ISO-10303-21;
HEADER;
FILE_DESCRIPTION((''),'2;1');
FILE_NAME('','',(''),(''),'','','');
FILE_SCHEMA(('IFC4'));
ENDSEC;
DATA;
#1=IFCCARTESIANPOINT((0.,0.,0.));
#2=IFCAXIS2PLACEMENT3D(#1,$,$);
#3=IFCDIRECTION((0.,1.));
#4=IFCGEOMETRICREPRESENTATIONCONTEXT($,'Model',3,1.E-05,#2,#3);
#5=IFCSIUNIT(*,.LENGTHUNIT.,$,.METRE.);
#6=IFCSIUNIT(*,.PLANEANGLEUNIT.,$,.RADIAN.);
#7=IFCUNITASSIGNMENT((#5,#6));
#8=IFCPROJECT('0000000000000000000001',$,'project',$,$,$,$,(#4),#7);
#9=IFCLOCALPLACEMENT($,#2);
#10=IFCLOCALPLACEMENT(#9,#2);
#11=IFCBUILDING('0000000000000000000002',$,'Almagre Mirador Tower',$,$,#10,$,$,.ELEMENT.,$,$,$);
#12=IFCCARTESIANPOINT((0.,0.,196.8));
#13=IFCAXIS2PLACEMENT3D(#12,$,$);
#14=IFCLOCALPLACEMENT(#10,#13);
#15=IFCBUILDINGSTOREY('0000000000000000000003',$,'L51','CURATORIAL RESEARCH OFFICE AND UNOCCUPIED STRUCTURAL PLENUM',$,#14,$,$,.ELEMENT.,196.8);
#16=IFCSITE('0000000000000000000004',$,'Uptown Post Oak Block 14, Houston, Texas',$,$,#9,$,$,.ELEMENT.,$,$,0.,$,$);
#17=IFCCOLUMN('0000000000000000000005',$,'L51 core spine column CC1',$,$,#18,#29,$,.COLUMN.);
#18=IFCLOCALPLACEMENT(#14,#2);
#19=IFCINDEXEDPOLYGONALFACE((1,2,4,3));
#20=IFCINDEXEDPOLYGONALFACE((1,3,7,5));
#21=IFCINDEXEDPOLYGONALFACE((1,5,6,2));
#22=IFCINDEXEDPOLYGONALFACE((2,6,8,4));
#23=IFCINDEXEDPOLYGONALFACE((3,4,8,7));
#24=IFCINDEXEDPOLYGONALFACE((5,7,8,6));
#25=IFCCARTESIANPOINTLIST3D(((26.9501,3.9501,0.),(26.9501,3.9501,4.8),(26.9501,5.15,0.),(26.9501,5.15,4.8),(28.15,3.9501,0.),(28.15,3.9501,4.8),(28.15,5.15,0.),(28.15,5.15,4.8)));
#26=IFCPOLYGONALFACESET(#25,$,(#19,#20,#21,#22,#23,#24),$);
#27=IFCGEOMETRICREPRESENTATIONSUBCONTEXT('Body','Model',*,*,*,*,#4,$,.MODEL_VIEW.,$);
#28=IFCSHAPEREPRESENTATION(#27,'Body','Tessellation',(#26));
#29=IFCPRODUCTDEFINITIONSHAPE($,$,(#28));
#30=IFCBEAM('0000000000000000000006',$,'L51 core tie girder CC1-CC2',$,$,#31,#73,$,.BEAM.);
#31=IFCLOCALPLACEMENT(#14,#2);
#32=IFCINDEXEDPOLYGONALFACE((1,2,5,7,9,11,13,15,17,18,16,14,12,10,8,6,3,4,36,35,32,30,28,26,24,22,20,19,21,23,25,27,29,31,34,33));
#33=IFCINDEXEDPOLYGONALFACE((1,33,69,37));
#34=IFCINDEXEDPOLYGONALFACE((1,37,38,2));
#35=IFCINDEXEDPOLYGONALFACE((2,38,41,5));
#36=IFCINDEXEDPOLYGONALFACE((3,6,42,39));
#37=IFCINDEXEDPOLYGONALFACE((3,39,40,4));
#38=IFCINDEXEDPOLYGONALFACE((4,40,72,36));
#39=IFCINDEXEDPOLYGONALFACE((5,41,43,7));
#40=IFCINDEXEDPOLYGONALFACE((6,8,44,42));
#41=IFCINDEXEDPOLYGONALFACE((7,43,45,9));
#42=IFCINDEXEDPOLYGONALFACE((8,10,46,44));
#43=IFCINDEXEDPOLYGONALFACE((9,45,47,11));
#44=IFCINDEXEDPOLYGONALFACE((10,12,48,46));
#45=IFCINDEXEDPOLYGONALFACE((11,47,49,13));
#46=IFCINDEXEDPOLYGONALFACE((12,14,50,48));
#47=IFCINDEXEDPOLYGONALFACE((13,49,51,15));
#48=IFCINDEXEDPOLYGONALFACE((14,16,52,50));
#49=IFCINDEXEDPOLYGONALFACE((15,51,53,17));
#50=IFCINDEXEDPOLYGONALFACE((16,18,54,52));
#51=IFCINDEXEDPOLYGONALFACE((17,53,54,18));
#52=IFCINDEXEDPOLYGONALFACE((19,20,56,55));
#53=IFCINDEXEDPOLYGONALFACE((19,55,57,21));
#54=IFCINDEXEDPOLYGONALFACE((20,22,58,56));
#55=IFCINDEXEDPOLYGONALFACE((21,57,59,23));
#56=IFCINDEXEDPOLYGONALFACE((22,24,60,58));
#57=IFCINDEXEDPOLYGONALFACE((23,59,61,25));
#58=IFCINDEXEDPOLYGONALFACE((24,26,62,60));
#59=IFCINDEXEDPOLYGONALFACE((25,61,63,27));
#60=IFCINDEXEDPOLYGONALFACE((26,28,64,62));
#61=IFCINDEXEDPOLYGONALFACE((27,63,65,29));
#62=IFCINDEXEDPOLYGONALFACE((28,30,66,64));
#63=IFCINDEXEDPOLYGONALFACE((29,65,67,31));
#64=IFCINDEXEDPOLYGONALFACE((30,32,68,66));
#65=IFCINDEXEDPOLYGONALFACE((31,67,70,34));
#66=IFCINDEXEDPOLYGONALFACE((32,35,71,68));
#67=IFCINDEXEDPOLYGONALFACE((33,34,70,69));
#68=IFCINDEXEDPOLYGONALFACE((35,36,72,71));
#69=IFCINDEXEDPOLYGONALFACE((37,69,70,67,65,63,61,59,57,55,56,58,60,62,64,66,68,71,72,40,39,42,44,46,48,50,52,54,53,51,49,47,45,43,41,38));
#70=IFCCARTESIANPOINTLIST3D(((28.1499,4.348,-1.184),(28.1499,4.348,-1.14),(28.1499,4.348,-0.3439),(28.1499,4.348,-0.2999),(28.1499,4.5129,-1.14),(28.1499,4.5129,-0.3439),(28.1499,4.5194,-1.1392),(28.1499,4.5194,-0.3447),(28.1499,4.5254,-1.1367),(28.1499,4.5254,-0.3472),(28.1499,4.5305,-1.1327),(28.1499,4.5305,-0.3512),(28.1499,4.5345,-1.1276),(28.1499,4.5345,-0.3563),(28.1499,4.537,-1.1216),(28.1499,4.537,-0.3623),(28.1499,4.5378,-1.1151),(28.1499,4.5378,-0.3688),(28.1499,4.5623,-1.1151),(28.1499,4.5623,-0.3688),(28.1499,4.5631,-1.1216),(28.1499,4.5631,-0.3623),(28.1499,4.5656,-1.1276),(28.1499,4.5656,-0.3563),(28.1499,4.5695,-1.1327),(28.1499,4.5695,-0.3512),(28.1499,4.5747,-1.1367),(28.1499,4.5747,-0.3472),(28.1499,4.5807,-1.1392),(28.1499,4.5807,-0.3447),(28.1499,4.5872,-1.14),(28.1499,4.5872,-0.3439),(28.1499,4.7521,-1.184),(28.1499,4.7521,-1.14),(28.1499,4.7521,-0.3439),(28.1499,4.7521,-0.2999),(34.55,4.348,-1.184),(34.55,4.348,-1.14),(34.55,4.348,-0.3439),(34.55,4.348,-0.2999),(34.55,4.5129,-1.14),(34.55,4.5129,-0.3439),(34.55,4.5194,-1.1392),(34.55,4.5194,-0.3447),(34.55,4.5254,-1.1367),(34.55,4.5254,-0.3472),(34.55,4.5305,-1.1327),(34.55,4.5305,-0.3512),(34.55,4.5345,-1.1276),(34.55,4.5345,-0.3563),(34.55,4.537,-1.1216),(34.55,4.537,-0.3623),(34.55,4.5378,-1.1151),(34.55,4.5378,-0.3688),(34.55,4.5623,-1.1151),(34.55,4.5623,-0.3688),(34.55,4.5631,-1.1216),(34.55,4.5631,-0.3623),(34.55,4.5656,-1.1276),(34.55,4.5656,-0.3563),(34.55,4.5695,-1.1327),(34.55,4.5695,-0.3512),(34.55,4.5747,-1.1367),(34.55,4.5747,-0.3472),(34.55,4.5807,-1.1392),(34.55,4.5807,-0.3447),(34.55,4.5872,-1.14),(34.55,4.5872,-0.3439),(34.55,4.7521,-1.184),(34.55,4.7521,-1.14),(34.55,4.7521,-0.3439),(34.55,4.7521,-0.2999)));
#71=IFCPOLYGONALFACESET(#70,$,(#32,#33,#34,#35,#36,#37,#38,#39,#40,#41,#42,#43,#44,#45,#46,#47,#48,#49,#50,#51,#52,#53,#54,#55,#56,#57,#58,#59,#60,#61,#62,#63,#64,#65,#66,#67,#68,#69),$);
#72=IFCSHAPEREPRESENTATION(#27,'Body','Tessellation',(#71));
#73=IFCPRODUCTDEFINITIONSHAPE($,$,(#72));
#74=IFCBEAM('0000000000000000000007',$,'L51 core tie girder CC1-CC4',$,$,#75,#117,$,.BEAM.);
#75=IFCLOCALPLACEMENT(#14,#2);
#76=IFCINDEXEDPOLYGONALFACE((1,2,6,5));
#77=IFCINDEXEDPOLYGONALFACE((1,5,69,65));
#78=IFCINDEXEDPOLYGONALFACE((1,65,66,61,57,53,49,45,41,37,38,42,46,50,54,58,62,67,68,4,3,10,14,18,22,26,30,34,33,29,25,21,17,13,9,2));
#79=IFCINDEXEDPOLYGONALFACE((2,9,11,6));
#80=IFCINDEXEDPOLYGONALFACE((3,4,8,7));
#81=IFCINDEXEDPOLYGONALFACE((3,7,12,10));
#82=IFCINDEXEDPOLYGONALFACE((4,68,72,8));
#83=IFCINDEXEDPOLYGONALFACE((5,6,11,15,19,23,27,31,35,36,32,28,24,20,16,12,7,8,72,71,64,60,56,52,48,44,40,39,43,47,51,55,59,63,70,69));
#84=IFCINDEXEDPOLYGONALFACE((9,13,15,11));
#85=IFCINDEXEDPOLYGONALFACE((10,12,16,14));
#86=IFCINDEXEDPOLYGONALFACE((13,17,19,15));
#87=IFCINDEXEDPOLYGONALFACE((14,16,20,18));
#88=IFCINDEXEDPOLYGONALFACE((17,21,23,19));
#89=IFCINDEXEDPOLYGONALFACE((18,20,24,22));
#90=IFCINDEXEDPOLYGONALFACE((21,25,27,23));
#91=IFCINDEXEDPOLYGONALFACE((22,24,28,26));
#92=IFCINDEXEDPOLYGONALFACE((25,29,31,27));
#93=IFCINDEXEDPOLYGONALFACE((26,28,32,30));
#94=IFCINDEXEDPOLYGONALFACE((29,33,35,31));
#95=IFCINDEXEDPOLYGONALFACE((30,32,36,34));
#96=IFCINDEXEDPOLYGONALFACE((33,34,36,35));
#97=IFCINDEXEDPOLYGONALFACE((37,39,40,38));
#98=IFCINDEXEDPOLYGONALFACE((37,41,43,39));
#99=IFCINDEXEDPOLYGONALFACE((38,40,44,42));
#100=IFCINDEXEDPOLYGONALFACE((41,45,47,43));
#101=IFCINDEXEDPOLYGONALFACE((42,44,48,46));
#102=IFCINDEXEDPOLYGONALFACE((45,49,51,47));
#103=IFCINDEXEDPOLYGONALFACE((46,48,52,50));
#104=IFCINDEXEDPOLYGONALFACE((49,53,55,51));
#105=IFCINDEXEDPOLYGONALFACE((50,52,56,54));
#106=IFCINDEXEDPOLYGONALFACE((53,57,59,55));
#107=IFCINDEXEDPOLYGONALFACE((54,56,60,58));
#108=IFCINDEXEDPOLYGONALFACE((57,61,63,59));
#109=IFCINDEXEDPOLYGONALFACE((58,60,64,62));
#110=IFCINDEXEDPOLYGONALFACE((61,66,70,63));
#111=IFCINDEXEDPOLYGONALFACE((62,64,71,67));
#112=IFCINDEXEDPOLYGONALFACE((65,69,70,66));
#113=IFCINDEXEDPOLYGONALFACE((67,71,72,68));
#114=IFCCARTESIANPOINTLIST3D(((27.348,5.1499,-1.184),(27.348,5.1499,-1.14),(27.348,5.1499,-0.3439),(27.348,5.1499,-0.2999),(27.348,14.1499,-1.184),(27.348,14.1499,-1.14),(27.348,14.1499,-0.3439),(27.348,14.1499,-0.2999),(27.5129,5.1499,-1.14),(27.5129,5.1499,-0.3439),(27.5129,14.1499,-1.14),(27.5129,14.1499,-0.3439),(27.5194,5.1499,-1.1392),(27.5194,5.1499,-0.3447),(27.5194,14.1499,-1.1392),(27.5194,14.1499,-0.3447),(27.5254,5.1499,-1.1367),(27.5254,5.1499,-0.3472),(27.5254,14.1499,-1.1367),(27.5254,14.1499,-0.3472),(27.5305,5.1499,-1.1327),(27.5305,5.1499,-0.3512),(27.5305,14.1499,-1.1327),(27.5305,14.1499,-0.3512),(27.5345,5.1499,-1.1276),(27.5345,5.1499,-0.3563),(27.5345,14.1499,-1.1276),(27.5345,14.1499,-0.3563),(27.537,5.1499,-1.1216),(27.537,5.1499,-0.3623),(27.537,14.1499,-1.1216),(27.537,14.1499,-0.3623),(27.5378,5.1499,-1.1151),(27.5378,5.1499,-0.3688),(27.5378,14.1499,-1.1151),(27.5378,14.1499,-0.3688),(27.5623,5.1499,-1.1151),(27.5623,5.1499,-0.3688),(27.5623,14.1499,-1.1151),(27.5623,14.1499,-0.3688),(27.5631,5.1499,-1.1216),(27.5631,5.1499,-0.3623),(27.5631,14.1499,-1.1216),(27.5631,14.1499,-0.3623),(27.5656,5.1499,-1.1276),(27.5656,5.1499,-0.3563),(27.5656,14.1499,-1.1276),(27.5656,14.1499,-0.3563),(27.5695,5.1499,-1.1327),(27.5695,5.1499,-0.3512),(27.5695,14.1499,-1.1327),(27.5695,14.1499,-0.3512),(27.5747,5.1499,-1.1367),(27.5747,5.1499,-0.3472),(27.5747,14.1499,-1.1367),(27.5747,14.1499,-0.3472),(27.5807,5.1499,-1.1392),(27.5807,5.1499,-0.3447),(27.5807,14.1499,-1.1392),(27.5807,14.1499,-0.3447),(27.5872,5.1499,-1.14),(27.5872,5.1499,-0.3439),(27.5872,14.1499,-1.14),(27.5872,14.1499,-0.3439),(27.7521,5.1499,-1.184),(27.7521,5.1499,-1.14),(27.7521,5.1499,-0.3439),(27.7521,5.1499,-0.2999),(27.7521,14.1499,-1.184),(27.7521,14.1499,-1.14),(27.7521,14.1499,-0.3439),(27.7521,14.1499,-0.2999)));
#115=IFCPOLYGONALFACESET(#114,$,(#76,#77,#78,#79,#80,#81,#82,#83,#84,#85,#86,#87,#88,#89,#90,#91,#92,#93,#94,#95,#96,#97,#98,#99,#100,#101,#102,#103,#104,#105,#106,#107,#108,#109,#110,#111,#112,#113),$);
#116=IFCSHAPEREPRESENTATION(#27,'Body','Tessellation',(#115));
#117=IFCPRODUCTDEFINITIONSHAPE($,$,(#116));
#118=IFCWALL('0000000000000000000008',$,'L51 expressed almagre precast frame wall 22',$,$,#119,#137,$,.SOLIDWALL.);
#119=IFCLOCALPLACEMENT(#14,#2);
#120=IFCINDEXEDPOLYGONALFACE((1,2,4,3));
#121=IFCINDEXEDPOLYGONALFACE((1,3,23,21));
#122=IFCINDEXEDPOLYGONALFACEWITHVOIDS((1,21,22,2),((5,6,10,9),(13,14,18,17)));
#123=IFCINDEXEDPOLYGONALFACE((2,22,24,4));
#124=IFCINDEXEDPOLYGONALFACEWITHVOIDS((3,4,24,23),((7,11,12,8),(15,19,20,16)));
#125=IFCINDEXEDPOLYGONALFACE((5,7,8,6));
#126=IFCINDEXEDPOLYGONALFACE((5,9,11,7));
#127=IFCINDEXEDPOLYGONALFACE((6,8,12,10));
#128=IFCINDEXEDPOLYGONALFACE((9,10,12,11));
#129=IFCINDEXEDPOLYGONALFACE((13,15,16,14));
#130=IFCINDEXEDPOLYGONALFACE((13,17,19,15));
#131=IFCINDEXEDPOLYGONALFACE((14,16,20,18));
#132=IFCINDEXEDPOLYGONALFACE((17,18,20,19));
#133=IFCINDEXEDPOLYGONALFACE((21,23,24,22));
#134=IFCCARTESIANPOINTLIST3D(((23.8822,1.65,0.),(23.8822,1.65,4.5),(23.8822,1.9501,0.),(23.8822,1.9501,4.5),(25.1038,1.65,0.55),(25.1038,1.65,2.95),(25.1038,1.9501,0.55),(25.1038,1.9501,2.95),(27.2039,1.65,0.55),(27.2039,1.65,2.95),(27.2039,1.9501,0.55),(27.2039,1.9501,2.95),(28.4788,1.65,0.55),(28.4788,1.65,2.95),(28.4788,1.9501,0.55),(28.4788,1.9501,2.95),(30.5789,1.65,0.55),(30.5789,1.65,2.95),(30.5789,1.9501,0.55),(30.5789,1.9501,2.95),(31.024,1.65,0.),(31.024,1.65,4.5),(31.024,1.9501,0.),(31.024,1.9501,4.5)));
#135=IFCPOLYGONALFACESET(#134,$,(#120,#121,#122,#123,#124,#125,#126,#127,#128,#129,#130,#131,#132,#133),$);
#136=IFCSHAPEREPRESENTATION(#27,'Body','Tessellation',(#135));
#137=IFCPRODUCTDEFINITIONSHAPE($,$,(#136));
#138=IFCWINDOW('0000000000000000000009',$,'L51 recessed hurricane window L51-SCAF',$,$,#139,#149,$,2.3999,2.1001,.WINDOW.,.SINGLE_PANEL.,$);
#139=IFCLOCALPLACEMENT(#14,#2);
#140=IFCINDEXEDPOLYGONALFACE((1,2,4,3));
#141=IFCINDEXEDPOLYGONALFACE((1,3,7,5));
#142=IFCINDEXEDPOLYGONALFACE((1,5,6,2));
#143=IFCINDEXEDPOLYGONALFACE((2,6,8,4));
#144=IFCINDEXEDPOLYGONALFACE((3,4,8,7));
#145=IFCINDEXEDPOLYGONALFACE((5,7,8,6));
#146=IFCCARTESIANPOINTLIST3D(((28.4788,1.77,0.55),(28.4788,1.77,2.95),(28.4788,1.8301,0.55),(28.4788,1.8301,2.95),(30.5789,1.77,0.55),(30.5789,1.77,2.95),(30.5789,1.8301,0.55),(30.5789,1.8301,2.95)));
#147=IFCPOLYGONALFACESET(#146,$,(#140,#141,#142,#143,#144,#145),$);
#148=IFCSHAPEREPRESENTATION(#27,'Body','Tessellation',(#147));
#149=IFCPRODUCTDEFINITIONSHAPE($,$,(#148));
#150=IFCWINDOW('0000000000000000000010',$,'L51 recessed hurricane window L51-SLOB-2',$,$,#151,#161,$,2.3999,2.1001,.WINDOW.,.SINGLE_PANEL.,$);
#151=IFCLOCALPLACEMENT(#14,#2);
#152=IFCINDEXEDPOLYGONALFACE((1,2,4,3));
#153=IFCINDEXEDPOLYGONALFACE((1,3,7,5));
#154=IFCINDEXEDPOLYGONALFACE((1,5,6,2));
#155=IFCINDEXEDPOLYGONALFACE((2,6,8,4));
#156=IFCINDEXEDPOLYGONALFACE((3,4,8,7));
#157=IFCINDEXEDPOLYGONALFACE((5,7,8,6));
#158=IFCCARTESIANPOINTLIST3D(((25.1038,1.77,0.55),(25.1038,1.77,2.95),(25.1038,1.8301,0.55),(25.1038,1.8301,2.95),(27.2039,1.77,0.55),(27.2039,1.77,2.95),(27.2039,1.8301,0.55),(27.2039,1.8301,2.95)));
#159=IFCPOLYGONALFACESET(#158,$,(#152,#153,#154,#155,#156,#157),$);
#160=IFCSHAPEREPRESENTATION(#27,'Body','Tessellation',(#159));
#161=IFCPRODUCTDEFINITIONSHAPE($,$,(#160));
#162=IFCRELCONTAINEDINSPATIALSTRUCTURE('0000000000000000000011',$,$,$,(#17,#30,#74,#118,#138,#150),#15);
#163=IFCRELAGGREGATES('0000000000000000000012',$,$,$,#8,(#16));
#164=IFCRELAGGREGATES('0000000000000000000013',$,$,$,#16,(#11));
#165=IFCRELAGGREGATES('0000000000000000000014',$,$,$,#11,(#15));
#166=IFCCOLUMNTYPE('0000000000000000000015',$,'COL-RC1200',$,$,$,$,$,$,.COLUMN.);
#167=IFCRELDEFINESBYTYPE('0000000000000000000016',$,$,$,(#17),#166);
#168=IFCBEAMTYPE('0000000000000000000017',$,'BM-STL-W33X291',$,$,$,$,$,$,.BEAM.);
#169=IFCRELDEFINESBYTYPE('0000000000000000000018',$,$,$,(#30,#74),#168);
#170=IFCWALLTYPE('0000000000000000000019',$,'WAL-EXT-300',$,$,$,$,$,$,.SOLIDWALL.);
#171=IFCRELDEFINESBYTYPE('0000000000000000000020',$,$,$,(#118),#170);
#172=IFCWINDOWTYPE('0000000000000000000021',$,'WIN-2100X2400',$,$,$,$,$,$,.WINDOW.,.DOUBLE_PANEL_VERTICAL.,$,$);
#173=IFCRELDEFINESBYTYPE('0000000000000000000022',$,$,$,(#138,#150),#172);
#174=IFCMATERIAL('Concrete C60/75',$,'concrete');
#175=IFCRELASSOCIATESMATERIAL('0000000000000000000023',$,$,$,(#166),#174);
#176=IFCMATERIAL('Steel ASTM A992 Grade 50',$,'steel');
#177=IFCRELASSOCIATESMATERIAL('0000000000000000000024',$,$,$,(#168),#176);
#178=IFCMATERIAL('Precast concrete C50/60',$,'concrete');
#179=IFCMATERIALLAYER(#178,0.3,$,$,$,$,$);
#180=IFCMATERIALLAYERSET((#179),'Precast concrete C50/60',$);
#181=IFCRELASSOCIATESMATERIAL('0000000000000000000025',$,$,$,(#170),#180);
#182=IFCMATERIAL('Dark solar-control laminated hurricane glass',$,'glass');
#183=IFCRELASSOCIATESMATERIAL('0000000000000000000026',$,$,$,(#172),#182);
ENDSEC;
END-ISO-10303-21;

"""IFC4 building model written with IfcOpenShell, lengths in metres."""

from ifc_helpers import new_model, si_unit, direction, frame, frame_2d, origin, origin_2d, place, context, subcontext, project, spatial, rectangle, i_section, extrude, material, layer, layer_set, material_profile, profile_set, type_object, element, fill, save


model = new_model("IFC4")

# Units and contexts
model_context = context("Model", 3, precision=1e-05, world=origin(), true_north=direction((0.0, 1.0)))
body_context = subcontext(model_context, "Body", "Model", "MODEL_VIEW")
ifc_project = project(units=[si_unit("LENGTHUNIT", "METRE"), si_unit("PLANEANGLEUNIT", "RADIAN")], contexts=[model_context])

# Site, building, storey
site_placement = place(None, origin())
site = spatial("IfcSite", under=ifc_project, at=site_placement, Name="Uptown Post Oak Block 14, Houston, Texas", CompositionType="ELEMENT", RefElevation=0.0)
building_placement = place(site_placement, origin())
building = spatial("IfcBuilding", under=site, at=building_placement, Name="Almagre Mirador Tower", CompositionType="ELEMENT")
storey_placement = place(building_placement, frame((0.0, 0.0, 196.8)))
storey = spatial("IfcBuildingStorey", under=building, at=storey_placement, Name="L51", Description="CURATORIAL RESEARCH OFFICE AND UNOCCUPIED STRUCTURAL PLENUM", CompositionType="ELEMENT", Elevation=196.8)

# Column
ifc_material_1 = material(Name="Concrete C60/75", Category="concrete")
ifc_material_profile_1 = material_profile(ifc_material_1, rectangle(XDim=1.2, YDim=1.2, at=origin_2d()), Name="RC1200X1200")
ifc_profile_set_1 = profile_set([ifc_material_profile_1], Name="Concrete C60/75")
column_type = type_object("IfcColumnType", Name="COL-RC1200", PredefinedType="COLUMN", material=ifc_profile_set_1)
column_placement = place(storey_placement, frame((27.55, 4.55, 0.0), z_axis=(0.0, 0.0, 1.0), x_axis=(1.0, 0.0, 0.0)))
element("IfcColumn", 1, at=column_placement, inside=storey, type_object=column_type, Name="L51 core spine column CC1", PredefinedType="COLUMN", context=body_context, shape_type="SweptSolid", body=[
    extrude(rectangle(XDim=1.2, YDim=1.2, at=origin_2d()), origin(), (0.0, 0.0, 1.0), 4.8),
])

# Beams
ifc_material_2 = material(Name="Steel ASTM A992 Grade 50", Category="steel")
ifc_material_profile_2 = material_profile(ifc_material_2, i_section(OverallWidth=0.4041, OverallDepth=0.884, WebThickness=0.0244, FlangeThickness=0.0439, FilletRadius=0.0249, at=origin_2d()), Name="W33X291")
ifc_profile_set_2 = profile_set([ifc_material_profile_2], Name="Steel ASTM A992 Grade 50")
beam_type = type_object("IfcBeamType", Name="BM-STL-W33X291", PredefinedType="BEAM", material=ifc_profile_set_2)
beam_1_placement = place(storey_placement, frame((28.1499, 4.55, -0.7419), z_axis=(1.0, 0.0, 0.0), x_axis=(0.0, 1.0, 0.0)))
element("IfcBeam", 2, at=beam_1_placement, inside=storey, type_object=beam_type, Name="L51 core tie girder CC1-CC2", PredefinedType="BEAM", context=body_context, shape_type="SweptSolid", body=[
    extrude(i_section(OverallWidth=0.4041, OverallDepth=0.884, WebThickness=0.0244, FlangeThickness=0.0439, FilletRadius=0.0249, at=origin_2d()), origin(), (0.0, 0.0, 1.0), 6.4001),
])
beam_2_placement = place(storey_placement, frame((27.55, 5.1499, -0.7419), z_axis=(0.0, 1.0, 0.0), x_axis=(-1.0, 0.0, 0.0)))
element("IfcBeam", 3, at=beam_2_placement, inside=storey, type_object=beam_type, Name="L51 core tie girder CC1-CC4", PredefinedType="BEAM", context=body_context, shape_type="SweptSolid", body=[
    extrude(i_section(OverallWidth=0.4041, OverallDepth=0.884, WebThickness=0.0244, FlangeThickness=0.0439, FilletRadius=0.0249, at=origin_2d()), origin(), (0.0, 0.0, 1.0), 9.0),
])

# Wall, openings, windows
ifc_material_3 = material(Name="Precast concrete C50/60", Category="concrete")
ifc_layer_1 = layer(ifc_material_3, 0.3)
ifc_layer_set_1 = layer_set([ifc_layer_1], Name="Precast concrete C50/60")
wall_type_1 = type_object("IfcWallType", Name="WAL-EXT-300", PredefinedType="SOLIDWALL", material=ifc_layer_set_1)
wall_1_placement = place(storey_placement, frame((31.0239, 1.8, 0.0), z_axis=(0.0, 0.0, 1.0), x_axis=(-1.0, 0.0, 0.0)))
wall_1 = element("IfcWall", 4, at=wall_1_placement, inside=storey, type_object=wall_type_1, Name="L51 expressed almagre precast frame wall 22", PredefinedType="SOLIDWALL", context=body_context, shape_type="SweptSolid", body=[
    extrude(rectangle(XDim=7.1418, YDim=0.3, at=frame_2d((3.5708, 0.0))), origin(), (0.0, 0.0, 1.0), 4.5),
])
opening_1_placement = place(wall_1_placement, frame((0.4451, 0.0, 0.55)))
opening_1 = element("IfcOpeningElement", 5, at=opening_1_placement, cuts=wall_1, PredefinedType="OPENING", context=body_context, shape_type="SweptSolid", body=[
    extrude(rectangle(XDim=2.1001, YDim=2.3999, at=frame_2d((1.05, 1.2))), frame((0.0, 0.1599, 0.0), z_axis=(0.0, -1.0, 0.0), x_axis=(1.0, 0.0, 0.0)), (0.0, 0.0, 1.0), 0.32),
])
opening_2_placement = place(wall_1_placement, frame((3.8201, 0.0, 0.55)))
opening_2 = element("IfcOpeningElement", 6, at=opening_2_placement, cuts=wall_1, PredefinedType="OPENING", context=body_context, shape_type="SweptSolid", body=[
    extrude(rectangle(XDim=2.1001, YDim=2.3999, at=frame_2d((1.05, 1.2))), frame((0.0, 0.1599, 0.0), z_axis=(0.0, -1.0, 0.0), x_axis=(1.0, 0.0, 0.0)), (0.0, 0.0, 1.0), 0.32),
])
ifc_material_4 = material(Name="Dark solar-control laminated hurricane glass", Category="glass")
window_type = type_object("IfcWindowType", Name="WIN-2100X2400", PartitioningType="DOUBLE_PANEL_VERTICAL", PredefinedType="WINDOW", material=ifc_material_4)
window_1_placement = place(opening_1_placement, origin())
window_1 = element("IfcWindow", 7, at=window_1_placement, inside=storey, type_object=window_type, Name="L51 recessed hurricane window L51-SCAF", OverallHeight=2.3999, OverallWidth=2.1001, PartitioningType="SINGLE_PANEL", PredefinedType="WINDOW", context=body_context, shape_type="SweptSolid", body=[
    extrude(rectangle(XDim=2.1001, YDim=2.3999, at=frame_2d((1.05, 1.2))), frame((0.0, 0.03, 0.0), z_axis=(0.0, -1.0, 0.0), x_axis=(1.0, 0.0, 0.0)), (0.0, 0.0, 1.0), 0.0601),
])
fill(opening_1, window_1)
window_2_placement = place(opening_2_placement, origin())
window_2 = element("IfcWindow", 8, at=window_2_placement, inside=storey, type_object=window_type, Name="L51 recessed hurricane window L51-SLOB-2", OverallHeight=2.3999, OverallWidth=2.1001, PartitioningType="SINGLE_PANEL", PredefinedType="WINDOW", context=body_context, shape_type="SweptSolid", body=[
    extrude(rectangle(XDim=2.1001, YDim=2.3999, at=frame_2d((1.05, 1.2))), frame((0.0, 0.03, 0.0), z_axis=(0.0, -1.0, 0.0), x_axis=(1.0, 0.0, 0.0)), (0.0, 0.0, 1.0), 0.0601),
])
fill(opening_2, window_2)

save(model, "model.ifc")
